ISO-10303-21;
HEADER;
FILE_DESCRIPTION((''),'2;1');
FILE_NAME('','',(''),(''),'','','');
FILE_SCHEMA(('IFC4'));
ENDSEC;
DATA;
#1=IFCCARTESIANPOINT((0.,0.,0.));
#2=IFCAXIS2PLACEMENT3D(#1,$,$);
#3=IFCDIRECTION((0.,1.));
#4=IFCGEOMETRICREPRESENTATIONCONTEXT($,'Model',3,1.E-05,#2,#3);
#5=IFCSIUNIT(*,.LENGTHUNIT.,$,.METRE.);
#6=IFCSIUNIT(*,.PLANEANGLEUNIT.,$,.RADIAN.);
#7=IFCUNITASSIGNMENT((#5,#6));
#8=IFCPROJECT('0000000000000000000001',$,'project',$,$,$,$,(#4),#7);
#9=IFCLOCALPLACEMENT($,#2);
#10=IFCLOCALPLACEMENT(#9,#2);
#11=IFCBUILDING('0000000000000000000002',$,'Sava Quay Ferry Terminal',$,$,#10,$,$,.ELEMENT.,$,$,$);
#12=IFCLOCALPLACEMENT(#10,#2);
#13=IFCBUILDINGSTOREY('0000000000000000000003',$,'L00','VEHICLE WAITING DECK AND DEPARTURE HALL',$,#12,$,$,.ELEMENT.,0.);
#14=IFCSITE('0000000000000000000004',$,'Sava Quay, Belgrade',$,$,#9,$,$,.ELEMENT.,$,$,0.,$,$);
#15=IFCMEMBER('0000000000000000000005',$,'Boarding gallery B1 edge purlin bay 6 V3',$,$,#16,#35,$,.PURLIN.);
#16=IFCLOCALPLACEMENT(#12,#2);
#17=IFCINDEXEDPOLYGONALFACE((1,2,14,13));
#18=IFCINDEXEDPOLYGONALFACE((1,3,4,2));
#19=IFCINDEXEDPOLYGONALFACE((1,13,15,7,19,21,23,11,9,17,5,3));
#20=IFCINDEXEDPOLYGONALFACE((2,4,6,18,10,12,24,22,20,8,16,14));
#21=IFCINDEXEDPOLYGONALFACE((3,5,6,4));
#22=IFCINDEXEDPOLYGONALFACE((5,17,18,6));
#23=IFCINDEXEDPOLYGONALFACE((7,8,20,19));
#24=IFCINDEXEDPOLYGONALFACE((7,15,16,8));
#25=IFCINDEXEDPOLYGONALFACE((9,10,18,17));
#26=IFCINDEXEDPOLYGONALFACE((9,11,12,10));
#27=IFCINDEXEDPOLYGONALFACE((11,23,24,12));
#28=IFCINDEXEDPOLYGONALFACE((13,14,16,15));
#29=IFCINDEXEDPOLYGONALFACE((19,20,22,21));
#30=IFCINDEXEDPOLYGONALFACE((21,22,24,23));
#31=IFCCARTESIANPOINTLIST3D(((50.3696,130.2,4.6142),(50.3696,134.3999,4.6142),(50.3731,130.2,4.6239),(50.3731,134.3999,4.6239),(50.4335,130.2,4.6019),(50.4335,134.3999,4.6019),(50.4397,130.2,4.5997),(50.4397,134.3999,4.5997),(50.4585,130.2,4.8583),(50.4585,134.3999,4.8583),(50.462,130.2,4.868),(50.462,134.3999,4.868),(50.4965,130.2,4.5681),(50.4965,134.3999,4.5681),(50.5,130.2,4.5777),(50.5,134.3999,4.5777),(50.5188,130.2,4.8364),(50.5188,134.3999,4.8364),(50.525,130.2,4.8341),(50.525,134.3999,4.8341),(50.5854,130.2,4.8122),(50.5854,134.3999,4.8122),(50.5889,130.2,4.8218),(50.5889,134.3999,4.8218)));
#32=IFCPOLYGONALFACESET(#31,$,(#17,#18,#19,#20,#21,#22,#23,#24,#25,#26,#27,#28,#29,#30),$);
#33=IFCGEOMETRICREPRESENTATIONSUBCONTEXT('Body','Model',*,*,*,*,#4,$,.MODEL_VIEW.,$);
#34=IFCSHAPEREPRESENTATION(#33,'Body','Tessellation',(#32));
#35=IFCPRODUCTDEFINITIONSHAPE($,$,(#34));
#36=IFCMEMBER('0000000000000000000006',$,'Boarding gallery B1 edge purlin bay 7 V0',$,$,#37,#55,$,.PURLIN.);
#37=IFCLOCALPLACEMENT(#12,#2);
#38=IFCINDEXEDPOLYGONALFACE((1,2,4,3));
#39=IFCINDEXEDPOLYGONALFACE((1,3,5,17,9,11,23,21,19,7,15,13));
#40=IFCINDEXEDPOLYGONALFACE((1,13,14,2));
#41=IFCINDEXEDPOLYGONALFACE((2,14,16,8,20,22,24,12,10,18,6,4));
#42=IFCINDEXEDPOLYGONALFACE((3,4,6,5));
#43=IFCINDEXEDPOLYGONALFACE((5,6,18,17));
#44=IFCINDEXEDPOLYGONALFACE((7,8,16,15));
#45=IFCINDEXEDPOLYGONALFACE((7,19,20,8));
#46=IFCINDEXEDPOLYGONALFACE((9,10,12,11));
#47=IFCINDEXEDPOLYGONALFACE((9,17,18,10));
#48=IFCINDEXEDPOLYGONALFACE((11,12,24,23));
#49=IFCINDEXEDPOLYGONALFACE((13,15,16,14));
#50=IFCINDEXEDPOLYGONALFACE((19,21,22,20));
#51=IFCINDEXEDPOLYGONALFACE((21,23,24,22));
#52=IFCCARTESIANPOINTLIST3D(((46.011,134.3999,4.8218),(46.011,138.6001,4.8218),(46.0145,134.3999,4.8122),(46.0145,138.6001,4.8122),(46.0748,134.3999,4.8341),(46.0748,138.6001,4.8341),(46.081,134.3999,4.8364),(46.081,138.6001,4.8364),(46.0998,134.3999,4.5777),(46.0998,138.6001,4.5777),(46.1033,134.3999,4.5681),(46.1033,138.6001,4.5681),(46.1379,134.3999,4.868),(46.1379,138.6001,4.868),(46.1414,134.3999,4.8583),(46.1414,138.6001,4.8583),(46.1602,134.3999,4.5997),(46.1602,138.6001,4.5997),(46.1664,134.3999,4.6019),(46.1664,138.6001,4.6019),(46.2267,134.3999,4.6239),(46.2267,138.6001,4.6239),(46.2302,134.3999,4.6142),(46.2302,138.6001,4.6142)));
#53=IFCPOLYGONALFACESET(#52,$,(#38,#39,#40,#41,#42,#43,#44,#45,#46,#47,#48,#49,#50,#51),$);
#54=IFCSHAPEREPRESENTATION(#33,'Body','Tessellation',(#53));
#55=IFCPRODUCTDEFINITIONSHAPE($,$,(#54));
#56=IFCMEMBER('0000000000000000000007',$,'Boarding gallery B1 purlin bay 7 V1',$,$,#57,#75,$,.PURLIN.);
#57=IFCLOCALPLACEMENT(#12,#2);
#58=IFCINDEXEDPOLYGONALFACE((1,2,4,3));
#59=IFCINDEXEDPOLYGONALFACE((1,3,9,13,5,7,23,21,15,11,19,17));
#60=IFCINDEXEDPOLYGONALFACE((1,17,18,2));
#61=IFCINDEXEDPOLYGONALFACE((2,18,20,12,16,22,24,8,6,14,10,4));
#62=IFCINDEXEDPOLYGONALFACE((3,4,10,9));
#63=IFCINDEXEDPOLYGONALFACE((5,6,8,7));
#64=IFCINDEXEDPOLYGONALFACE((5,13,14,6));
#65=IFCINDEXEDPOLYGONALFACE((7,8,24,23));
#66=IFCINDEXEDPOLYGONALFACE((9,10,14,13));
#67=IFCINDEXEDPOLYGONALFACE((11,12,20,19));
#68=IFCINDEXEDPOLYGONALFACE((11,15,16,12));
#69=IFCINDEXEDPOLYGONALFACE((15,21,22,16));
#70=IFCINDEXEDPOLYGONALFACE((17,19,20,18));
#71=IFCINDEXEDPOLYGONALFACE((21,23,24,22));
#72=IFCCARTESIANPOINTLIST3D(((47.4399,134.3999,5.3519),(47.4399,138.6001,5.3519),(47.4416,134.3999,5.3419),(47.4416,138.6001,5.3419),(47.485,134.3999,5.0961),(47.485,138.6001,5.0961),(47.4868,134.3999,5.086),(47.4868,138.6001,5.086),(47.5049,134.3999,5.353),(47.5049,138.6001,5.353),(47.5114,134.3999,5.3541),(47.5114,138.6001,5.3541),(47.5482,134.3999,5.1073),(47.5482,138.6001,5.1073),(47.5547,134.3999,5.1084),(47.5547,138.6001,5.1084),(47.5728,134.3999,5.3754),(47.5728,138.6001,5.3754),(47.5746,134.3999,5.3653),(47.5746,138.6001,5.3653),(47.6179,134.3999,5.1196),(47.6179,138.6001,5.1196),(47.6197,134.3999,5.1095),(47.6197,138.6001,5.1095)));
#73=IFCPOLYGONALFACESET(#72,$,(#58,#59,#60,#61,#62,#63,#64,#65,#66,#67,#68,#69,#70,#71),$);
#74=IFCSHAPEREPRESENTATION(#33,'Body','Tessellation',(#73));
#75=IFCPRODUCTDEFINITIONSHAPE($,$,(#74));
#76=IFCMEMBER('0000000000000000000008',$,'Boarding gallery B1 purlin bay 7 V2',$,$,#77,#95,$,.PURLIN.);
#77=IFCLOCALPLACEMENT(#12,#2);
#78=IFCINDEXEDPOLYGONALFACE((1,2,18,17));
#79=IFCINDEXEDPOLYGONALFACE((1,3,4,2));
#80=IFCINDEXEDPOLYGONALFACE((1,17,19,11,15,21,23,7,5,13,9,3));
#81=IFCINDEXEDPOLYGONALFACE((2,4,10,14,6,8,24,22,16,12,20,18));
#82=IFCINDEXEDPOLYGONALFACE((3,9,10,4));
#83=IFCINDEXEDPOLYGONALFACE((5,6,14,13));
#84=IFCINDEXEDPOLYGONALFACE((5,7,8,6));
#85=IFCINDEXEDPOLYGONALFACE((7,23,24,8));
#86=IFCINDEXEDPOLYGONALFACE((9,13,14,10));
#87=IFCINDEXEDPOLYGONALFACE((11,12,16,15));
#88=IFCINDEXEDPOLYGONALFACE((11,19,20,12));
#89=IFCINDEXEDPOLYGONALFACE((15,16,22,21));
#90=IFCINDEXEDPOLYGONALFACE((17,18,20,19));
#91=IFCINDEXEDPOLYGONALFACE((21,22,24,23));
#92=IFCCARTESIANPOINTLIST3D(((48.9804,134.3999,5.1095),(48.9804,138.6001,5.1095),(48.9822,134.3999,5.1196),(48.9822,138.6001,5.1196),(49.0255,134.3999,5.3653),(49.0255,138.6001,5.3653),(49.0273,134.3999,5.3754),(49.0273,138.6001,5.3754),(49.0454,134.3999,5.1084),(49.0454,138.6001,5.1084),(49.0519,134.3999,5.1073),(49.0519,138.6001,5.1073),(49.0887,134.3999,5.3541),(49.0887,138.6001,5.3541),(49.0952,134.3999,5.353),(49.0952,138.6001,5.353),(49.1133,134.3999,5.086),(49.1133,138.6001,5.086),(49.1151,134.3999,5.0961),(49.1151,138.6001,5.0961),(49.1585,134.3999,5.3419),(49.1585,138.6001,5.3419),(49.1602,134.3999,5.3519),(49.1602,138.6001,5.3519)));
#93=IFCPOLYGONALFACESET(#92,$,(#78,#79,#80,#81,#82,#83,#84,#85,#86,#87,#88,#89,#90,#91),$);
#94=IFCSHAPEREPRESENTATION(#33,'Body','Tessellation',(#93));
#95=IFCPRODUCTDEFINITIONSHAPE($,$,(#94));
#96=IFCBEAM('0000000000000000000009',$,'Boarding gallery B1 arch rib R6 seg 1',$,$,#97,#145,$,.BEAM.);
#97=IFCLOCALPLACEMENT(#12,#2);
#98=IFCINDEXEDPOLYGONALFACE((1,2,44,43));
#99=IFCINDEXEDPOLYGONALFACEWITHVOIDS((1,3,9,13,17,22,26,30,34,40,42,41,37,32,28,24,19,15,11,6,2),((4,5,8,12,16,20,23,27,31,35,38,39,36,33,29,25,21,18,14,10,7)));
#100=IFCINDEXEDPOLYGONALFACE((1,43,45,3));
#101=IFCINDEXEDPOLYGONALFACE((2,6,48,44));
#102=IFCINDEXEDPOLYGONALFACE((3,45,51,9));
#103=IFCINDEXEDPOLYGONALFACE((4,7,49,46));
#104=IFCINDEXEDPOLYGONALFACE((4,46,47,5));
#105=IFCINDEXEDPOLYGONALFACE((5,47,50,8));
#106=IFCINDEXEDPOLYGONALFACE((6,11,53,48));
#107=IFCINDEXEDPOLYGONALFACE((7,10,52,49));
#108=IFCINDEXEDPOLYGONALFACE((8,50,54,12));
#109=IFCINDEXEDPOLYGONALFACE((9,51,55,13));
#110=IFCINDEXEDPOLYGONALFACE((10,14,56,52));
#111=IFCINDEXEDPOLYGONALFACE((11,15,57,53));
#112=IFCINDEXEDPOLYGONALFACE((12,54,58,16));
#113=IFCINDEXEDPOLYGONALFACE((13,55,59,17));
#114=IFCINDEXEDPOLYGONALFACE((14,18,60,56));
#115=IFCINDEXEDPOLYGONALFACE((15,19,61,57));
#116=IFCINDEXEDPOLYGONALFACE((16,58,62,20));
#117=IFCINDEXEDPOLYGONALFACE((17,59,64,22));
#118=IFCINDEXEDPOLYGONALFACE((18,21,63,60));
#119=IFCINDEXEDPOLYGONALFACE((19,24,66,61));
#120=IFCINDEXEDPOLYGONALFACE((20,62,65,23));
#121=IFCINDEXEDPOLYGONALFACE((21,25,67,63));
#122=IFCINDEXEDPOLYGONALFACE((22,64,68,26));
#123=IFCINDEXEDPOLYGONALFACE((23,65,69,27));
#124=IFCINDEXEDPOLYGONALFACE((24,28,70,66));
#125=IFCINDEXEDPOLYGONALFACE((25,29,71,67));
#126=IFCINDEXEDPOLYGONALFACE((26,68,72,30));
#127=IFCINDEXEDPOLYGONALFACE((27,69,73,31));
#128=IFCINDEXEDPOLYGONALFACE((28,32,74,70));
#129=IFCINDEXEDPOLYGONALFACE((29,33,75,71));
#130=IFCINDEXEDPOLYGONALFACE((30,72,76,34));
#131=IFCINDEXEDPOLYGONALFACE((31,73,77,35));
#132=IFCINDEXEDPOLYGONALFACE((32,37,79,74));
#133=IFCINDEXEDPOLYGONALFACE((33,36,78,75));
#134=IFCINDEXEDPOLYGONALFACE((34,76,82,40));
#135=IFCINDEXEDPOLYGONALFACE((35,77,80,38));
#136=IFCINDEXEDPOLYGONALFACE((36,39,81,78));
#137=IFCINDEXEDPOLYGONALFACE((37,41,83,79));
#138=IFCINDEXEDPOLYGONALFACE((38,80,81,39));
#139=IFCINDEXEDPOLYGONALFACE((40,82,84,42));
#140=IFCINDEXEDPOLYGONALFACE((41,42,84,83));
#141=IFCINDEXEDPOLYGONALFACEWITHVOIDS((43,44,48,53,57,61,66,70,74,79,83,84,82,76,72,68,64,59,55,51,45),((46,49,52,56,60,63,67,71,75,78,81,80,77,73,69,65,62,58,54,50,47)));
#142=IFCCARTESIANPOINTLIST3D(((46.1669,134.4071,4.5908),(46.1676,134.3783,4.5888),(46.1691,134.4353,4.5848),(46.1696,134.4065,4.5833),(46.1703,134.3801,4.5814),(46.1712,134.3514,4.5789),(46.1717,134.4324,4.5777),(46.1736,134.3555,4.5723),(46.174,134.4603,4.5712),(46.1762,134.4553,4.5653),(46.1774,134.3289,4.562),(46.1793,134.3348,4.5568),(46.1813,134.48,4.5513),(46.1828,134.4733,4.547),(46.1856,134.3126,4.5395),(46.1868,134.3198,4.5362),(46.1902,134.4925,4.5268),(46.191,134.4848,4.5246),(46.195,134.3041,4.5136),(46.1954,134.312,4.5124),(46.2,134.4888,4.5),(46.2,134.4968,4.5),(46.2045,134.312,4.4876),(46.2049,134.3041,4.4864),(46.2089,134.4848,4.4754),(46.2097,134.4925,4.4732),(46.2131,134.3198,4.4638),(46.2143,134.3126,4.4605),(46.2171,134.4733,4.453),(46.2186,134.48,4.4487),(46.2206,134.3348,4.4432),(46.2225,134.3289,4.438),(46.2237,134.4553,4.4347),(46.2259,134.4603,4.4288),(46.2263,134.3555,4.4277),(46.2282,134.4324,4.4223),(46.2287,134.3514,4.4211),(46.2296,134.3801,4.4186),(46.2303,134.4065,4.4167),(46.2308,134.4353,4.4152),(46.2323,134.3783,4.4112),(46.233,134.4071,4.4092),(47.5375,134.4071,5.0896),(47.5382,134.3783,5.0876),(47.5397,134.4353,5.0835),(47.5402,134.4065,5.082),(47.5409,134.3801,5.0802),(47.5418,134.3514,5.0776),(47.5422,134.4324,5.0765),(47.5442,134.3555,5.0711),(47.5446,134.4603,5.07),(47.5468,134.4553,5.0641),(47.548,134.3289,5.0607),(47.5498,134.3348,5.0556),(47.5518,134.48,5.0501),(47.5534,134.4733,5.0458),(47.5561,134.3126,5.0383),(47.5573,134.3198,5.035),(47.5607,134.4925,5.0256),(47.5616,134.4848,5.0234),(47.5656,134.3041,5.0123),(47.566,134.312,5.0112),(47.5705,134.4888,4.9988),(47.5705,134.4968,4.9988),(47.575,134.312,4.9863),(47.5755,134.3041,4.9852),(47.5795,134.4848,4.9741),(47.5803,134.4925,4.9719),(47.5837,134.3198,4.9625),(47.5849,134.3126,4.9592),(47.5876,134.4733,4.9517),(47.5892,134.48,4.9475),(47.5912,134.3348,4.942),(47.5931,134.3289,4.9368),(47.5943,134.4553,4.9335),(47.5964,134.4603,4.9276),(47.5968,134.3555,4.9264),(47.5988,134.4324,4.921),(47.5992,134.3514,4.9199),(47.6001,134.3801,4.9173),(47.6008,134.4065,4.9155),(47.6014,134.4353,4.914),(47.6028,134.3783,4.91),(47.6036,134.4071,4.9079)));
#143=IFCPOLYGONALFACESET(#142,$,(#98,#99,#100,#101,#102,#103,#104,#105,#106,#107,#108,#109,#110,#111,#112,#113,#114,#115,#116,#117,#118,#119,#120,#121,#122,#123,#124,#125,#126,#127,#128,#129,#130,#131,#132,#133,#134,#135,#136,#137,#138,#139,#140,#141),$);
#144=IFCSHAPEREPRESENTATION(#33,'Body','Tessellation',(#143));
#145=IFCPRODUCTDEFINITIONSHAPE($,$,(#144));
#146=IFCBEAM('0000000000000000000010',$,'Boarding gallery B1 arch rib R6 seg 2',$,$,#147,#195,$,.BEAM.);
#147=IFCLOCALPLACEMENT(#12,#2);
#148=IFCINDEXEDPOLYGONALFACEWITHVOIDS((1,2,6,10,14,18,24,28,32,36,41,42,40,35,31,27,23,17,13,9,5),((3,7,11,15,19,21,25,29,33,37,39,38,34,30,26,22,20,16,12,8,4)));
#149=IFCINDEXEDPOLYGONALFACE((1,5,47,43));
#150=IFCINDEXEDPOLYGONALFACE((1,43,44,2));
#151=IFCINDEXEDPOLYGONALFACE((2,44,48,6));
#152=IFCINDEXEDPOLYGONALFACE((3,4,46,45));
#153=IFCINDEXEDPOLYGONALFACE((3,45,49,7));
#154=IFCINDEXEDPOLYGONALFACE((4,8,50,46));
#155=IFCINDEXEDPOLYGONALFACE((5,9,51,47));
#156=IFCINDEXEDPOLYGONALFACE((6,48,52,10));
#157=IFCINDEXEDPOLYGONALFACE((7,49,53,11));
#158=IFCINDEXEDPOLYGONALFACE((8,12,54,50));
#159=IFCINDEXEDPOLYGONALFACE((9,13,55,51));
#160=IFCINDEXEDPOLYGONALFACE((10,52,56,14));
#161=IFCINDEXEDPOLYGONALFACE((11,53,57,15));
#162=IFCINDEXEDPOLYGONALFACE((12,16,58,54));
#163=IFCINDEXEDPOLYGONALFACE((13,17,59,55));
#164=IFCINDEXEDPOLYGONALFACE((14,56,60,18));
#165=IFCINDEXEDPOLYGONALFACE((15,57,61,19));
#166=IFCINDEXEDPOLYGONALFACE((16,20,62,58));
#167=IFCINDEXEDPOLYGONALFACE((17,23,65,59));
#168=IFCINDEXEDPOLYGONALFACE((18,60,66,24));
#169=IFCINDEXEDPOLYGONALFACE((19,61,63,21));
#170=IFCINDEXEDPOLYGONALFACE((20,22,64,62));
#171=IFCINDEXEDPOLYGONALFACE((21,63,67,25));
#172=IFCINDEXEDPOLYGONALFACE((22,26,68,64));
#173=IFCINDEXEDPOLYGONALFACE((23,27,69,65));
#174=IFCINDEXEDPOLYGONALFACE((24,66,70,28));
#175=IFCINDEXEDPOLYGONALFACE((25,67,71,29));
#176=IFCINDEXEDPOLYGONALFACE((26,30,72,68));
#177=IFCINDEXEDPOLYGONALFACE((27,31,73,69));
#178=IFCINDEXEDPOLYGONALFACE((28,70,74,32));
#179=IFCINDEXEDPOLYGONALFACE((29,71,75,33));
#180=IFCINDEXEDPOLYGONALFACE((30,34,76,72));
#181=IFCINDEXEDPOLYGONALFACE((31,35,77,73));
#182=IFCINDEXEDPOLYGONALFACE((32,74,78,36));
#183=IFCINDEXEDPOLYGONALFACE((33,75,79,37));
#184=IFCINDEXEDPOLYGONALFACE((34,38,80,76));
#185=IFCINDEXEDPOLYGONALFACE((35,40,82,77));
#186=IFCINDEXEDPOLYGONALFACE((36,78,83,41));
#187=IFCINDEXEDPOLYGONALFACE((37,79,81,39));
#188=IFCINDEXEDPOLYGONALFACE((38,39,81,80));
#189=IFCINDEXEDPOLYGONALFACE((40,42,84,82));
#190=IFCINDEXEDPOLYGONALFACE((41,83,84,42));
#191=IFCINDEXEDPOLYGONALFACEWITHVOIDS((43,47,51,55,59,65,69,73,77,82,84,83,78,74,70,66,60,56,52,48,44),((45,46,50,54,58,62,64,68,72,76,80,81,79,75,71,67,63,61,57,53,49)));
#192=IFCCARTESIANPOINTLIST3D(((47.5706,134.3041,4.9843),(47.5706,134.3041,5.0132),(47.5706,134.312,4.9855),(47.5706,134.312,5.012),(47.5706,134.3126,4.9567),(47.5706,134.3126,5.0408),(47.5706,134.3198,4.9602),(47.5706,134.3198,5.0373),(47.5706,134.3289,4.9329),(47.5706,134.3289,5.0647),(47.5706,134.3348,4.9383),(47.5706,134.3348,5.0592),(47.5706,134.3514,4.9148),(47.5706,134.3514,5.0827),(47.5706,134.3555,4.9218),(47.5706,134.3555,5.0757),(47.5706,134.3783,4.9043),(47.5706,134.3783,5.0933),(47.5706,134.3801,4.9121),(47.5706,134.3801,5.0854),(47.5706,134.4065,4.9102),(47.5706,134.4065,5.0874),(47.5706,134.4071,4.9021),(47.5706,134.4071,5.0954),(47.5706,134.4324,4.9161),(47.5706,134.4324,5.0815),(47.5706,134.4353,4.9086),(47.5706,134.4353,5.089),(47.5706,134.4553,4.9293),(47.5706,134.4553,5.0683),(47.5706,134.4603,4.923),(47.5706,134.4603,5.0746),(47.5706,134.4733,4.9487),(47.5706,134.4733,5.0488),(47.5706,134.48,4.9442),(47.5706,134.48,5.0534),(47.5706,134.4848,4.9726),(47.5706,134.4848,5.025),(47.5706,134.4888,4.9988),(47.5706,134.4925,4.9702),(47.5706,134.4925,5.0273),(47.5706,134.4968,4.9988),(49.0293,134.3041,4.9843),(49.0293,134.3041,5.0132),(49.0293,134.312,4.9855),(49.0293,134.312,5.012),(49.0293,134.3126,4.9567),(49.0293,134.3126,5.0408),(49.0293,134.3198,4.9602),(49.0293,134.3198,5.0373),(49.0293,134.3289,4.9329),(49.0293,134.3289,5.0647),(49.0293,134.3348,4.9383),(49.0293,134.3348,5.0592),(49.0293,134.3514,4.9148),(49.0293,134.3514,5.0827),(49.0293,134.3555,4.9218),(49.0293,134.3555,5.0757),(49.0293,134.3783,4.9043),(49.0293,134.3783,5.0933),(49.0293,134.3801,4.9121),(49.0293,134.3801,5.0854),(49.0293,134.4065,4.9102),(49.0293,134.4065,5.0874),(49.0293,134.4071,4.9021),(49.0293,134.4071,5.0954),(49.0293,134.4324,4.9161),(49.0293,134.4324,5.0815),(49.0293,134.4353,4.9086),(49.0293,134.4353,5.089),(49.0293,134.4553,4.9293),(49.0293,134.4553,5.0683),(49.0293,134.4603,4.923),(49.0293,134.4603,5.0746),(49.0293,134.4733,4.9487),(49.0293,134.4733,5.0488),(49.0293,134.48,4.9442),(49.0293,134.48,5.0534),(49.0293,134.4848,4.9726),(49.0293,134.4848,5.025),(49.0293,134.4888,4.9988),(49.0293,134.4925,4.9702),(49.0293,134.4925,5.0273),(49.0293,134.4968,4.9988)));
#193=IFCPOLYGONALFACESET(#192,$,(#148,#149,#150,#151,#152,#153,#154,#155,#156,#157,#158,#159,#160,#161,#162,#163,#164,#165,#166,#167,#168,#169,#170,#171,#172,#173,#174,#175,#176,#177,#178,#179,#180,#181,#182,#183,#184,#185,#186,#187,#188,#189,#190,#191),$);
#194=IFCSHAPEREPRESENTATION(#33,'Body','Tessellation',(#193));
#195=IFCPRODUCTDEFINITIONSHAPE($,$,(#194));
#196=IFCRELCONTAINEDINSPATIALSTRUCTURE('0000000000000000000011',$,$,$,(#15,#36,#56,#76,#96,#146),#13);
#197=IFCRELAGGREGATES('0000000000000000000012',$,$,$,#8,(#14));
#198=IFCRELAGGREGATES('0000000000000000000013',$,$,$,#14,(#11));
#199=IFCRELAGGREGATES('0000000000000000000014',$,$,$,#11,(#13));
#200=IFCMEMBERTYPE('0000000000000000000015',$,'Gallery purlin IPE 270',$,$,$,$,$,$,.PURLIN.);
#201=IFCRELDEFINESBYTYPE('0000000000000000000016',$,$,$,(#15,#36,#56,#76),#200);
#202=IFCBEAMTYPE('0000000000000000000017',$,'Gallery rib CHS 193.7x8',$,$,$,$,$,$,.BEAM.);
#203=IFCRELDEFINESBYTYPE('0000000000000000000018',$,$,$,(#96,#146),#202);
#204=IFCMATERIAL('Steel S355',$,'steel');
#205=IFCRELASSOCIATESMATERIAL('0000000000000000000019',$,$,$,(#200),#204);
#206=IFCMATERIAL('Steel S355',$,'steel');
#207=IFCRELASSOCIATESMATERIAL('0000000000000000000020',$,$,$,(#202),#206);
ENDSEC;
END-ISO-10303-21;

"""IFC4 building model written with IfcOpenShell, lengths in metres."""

from ifc_helpers import new_model, si_unit, direction, frame, origin, origin_2d, place, context, subcontext, project, spatial, hollow_circle, i_section, extrude, material, material_profile, profile_set, type_object, element, save


model = new_model("IFC4")

# Units and contexts
model_context = context("Model", 3, precision=1e-05, world=origin(), true_north=direction((0.0, 1.0)))
body_context = subcontext(model_context, "Body", "Model", "MODEL_VIEW")
ifc_project = project(units=[si_unit("LENGTHUNIT", "METRE"), si_unit("PLANEANGLEUNIT", "RADIAN")], contexts=[model_context])

# Site, building, storey
site_placement = place(None, origin())
site = spatial("IfcSite", under=ifc_project, at=site_placement, Name="Sava Quay, Belgrade", CompositionType="ELEMENT", RefElevation=0.0)
building_placement = place(site_placement, origin())
building = spatial("IfcBuilding", under=site, at=building_placement, Name="Sava Quay Ferry Terminal", CompositionType="ELEMENT")
storey_placement = place(building_placement, origin())
storey = spatial("IfcBuildingStorey", under=building, at=storey_placement, Name="L00", Description="VEHICLE WAITING DECK AND DEPARTURE HALL", CompositionType="ELEMENT", Elevation=0.0)

# Members
ifc_material_1 = material(Name="Steel S355", Category="steel")
ifc_material_profile_1 = material_profile(ifc_material_1, i_section(OverallWidth=0.135, OverallDepth=0.27, WebThickness=0.0066, FlangeThickness=0.0103, at=origin_2d()), Name="IPE 270")
ifc_profile_set_1 = profile_set([ifc_material_profile_1], Name="Steel S355")
member_type_1 = type_object("IfcMemberType", Name="Gallery purlin IPE 270", PredefinedType="PURLIN", material=ifc_profile_set_1)
member_1_placement = place(storey_placement, frame((50.4792, 130.2, 4.718), z_axis=(0.0, 1.0, 0.0), x_axis=(-0.939693, 0.0, 0.34202)))
element("IfcMember", 1, at=member_1_placement, inside=storey, type_object=member_type_1, Name="Boarding gallery B1 edge purlin bay 6 V3", PredefinedType="PURLIN", context=body_context, shape_type="SweptSolid", body=[
    extrude(i_section(OverallWidth=0.135, OverallDepth=0.27, WebThickness=0.0066, FlangeThickness=0.0103, at=origin_2d()), origin(), (0.0, 0.0, 1.0), 4.2),
])
for number, where, z_axis, x_axis, name in (
    (2, (46.1206, 134.3999, 4.718), (0.0, 1.0, 0.0), (-0.939693, 0.0, -0.34202), "Boarding gallery B1 edge purlin bay 7 V0"),
    (3, (47.5298, 134.3999, 5.2307), (0.0, 1.0, 0.0), (-0.984808, 0.0, -0.173648), "Boarding gallery B1 purlin bay 7 V1"),
    (4, (49.0703, 134.3999, 5.2307), (0.0, 1.0, 0.0), (-0.984808, 0.0, 0.173648), "Boarding gallery B1 purlin bay 7 V2"),
):
    element("IfcMember", number, at=place(storey_placement, frame(where, z_axis=z_axis, x_axis=x_axis)), inside=storey, type_object=member_type_1, Name=name, PredefinedType="PURLIN", context=body_context, shape_type="SweptSolid", body=[
        extrude(i_section(OverallWidth=0.135, OverallDepth=0.27, WebThickness=0.0066, FlangeThickness=0.0103, at=origin_2d()), origin(), (0.0, 0.0, 1.0), 4.2002),
    ])

# Beams
ifc_material_2 = material(Name="Steel S355", Category="steel")
ifc_material_profile_2 = material_profile(ifc_material_2, hollow_circle(Radius=0.0969, WallThickness=0.0081, at=origin_2d()), Name="CHS 193.7 x 8.0")
ifc_profile_set_2 = profile_set([ifc_material_profile_2], Name="Steel S355")
beam_type_1 = type_object("IfcBeamType", Name="Gallery rib CHS 193.7x8", PredefinedType="BEAM", material=ifc_profile_set_2)
beam_1_placement = place(storey_placement, frame((46.2, 134.3999, 4.5), z_axis=(0.93971, 0.0, 0.341972), x_axis=(0.0, 1.0, 0.0)))
element("IfcBeam", 5, at=beam_1_placement, inside=storey, type_object=beam_type_1, Name="Boarding gallery B1 arch rib R6 seg 1", PredefinedType="BEAM", context=body_context, shape_type="SweptSolid", body=[
    extrude(hollow_circle(Radius=0.0969, WallThickness=0.0081, at=origin_2d()), origin(), (0.0, 0.0, 1.0), 1.4585),
])
beam_2_placement = place(storey_placement, frame((47.5706, 134.3999, 4.9988), z_axis=(1.0, 0.0, 0.0), x_axis=(0.0, 1.0, 0.0)))
element("IfcBeam", 6, at=beam_2_placement, inside=storey, type_object=beam_type_1, Name="Boarding gallery B1 arch rib R6 seg 2", PredefinedType="BEAM", context=body_context, shape_type="SweptSolid", body=[
    extrude(hollow_circle(Radius=0.0969, WallThickness=0.0081, at=origin_2d()), origin(), (0.0, 0.0, 1.0), 1.4587),
])

save(model, "model.ifc")
